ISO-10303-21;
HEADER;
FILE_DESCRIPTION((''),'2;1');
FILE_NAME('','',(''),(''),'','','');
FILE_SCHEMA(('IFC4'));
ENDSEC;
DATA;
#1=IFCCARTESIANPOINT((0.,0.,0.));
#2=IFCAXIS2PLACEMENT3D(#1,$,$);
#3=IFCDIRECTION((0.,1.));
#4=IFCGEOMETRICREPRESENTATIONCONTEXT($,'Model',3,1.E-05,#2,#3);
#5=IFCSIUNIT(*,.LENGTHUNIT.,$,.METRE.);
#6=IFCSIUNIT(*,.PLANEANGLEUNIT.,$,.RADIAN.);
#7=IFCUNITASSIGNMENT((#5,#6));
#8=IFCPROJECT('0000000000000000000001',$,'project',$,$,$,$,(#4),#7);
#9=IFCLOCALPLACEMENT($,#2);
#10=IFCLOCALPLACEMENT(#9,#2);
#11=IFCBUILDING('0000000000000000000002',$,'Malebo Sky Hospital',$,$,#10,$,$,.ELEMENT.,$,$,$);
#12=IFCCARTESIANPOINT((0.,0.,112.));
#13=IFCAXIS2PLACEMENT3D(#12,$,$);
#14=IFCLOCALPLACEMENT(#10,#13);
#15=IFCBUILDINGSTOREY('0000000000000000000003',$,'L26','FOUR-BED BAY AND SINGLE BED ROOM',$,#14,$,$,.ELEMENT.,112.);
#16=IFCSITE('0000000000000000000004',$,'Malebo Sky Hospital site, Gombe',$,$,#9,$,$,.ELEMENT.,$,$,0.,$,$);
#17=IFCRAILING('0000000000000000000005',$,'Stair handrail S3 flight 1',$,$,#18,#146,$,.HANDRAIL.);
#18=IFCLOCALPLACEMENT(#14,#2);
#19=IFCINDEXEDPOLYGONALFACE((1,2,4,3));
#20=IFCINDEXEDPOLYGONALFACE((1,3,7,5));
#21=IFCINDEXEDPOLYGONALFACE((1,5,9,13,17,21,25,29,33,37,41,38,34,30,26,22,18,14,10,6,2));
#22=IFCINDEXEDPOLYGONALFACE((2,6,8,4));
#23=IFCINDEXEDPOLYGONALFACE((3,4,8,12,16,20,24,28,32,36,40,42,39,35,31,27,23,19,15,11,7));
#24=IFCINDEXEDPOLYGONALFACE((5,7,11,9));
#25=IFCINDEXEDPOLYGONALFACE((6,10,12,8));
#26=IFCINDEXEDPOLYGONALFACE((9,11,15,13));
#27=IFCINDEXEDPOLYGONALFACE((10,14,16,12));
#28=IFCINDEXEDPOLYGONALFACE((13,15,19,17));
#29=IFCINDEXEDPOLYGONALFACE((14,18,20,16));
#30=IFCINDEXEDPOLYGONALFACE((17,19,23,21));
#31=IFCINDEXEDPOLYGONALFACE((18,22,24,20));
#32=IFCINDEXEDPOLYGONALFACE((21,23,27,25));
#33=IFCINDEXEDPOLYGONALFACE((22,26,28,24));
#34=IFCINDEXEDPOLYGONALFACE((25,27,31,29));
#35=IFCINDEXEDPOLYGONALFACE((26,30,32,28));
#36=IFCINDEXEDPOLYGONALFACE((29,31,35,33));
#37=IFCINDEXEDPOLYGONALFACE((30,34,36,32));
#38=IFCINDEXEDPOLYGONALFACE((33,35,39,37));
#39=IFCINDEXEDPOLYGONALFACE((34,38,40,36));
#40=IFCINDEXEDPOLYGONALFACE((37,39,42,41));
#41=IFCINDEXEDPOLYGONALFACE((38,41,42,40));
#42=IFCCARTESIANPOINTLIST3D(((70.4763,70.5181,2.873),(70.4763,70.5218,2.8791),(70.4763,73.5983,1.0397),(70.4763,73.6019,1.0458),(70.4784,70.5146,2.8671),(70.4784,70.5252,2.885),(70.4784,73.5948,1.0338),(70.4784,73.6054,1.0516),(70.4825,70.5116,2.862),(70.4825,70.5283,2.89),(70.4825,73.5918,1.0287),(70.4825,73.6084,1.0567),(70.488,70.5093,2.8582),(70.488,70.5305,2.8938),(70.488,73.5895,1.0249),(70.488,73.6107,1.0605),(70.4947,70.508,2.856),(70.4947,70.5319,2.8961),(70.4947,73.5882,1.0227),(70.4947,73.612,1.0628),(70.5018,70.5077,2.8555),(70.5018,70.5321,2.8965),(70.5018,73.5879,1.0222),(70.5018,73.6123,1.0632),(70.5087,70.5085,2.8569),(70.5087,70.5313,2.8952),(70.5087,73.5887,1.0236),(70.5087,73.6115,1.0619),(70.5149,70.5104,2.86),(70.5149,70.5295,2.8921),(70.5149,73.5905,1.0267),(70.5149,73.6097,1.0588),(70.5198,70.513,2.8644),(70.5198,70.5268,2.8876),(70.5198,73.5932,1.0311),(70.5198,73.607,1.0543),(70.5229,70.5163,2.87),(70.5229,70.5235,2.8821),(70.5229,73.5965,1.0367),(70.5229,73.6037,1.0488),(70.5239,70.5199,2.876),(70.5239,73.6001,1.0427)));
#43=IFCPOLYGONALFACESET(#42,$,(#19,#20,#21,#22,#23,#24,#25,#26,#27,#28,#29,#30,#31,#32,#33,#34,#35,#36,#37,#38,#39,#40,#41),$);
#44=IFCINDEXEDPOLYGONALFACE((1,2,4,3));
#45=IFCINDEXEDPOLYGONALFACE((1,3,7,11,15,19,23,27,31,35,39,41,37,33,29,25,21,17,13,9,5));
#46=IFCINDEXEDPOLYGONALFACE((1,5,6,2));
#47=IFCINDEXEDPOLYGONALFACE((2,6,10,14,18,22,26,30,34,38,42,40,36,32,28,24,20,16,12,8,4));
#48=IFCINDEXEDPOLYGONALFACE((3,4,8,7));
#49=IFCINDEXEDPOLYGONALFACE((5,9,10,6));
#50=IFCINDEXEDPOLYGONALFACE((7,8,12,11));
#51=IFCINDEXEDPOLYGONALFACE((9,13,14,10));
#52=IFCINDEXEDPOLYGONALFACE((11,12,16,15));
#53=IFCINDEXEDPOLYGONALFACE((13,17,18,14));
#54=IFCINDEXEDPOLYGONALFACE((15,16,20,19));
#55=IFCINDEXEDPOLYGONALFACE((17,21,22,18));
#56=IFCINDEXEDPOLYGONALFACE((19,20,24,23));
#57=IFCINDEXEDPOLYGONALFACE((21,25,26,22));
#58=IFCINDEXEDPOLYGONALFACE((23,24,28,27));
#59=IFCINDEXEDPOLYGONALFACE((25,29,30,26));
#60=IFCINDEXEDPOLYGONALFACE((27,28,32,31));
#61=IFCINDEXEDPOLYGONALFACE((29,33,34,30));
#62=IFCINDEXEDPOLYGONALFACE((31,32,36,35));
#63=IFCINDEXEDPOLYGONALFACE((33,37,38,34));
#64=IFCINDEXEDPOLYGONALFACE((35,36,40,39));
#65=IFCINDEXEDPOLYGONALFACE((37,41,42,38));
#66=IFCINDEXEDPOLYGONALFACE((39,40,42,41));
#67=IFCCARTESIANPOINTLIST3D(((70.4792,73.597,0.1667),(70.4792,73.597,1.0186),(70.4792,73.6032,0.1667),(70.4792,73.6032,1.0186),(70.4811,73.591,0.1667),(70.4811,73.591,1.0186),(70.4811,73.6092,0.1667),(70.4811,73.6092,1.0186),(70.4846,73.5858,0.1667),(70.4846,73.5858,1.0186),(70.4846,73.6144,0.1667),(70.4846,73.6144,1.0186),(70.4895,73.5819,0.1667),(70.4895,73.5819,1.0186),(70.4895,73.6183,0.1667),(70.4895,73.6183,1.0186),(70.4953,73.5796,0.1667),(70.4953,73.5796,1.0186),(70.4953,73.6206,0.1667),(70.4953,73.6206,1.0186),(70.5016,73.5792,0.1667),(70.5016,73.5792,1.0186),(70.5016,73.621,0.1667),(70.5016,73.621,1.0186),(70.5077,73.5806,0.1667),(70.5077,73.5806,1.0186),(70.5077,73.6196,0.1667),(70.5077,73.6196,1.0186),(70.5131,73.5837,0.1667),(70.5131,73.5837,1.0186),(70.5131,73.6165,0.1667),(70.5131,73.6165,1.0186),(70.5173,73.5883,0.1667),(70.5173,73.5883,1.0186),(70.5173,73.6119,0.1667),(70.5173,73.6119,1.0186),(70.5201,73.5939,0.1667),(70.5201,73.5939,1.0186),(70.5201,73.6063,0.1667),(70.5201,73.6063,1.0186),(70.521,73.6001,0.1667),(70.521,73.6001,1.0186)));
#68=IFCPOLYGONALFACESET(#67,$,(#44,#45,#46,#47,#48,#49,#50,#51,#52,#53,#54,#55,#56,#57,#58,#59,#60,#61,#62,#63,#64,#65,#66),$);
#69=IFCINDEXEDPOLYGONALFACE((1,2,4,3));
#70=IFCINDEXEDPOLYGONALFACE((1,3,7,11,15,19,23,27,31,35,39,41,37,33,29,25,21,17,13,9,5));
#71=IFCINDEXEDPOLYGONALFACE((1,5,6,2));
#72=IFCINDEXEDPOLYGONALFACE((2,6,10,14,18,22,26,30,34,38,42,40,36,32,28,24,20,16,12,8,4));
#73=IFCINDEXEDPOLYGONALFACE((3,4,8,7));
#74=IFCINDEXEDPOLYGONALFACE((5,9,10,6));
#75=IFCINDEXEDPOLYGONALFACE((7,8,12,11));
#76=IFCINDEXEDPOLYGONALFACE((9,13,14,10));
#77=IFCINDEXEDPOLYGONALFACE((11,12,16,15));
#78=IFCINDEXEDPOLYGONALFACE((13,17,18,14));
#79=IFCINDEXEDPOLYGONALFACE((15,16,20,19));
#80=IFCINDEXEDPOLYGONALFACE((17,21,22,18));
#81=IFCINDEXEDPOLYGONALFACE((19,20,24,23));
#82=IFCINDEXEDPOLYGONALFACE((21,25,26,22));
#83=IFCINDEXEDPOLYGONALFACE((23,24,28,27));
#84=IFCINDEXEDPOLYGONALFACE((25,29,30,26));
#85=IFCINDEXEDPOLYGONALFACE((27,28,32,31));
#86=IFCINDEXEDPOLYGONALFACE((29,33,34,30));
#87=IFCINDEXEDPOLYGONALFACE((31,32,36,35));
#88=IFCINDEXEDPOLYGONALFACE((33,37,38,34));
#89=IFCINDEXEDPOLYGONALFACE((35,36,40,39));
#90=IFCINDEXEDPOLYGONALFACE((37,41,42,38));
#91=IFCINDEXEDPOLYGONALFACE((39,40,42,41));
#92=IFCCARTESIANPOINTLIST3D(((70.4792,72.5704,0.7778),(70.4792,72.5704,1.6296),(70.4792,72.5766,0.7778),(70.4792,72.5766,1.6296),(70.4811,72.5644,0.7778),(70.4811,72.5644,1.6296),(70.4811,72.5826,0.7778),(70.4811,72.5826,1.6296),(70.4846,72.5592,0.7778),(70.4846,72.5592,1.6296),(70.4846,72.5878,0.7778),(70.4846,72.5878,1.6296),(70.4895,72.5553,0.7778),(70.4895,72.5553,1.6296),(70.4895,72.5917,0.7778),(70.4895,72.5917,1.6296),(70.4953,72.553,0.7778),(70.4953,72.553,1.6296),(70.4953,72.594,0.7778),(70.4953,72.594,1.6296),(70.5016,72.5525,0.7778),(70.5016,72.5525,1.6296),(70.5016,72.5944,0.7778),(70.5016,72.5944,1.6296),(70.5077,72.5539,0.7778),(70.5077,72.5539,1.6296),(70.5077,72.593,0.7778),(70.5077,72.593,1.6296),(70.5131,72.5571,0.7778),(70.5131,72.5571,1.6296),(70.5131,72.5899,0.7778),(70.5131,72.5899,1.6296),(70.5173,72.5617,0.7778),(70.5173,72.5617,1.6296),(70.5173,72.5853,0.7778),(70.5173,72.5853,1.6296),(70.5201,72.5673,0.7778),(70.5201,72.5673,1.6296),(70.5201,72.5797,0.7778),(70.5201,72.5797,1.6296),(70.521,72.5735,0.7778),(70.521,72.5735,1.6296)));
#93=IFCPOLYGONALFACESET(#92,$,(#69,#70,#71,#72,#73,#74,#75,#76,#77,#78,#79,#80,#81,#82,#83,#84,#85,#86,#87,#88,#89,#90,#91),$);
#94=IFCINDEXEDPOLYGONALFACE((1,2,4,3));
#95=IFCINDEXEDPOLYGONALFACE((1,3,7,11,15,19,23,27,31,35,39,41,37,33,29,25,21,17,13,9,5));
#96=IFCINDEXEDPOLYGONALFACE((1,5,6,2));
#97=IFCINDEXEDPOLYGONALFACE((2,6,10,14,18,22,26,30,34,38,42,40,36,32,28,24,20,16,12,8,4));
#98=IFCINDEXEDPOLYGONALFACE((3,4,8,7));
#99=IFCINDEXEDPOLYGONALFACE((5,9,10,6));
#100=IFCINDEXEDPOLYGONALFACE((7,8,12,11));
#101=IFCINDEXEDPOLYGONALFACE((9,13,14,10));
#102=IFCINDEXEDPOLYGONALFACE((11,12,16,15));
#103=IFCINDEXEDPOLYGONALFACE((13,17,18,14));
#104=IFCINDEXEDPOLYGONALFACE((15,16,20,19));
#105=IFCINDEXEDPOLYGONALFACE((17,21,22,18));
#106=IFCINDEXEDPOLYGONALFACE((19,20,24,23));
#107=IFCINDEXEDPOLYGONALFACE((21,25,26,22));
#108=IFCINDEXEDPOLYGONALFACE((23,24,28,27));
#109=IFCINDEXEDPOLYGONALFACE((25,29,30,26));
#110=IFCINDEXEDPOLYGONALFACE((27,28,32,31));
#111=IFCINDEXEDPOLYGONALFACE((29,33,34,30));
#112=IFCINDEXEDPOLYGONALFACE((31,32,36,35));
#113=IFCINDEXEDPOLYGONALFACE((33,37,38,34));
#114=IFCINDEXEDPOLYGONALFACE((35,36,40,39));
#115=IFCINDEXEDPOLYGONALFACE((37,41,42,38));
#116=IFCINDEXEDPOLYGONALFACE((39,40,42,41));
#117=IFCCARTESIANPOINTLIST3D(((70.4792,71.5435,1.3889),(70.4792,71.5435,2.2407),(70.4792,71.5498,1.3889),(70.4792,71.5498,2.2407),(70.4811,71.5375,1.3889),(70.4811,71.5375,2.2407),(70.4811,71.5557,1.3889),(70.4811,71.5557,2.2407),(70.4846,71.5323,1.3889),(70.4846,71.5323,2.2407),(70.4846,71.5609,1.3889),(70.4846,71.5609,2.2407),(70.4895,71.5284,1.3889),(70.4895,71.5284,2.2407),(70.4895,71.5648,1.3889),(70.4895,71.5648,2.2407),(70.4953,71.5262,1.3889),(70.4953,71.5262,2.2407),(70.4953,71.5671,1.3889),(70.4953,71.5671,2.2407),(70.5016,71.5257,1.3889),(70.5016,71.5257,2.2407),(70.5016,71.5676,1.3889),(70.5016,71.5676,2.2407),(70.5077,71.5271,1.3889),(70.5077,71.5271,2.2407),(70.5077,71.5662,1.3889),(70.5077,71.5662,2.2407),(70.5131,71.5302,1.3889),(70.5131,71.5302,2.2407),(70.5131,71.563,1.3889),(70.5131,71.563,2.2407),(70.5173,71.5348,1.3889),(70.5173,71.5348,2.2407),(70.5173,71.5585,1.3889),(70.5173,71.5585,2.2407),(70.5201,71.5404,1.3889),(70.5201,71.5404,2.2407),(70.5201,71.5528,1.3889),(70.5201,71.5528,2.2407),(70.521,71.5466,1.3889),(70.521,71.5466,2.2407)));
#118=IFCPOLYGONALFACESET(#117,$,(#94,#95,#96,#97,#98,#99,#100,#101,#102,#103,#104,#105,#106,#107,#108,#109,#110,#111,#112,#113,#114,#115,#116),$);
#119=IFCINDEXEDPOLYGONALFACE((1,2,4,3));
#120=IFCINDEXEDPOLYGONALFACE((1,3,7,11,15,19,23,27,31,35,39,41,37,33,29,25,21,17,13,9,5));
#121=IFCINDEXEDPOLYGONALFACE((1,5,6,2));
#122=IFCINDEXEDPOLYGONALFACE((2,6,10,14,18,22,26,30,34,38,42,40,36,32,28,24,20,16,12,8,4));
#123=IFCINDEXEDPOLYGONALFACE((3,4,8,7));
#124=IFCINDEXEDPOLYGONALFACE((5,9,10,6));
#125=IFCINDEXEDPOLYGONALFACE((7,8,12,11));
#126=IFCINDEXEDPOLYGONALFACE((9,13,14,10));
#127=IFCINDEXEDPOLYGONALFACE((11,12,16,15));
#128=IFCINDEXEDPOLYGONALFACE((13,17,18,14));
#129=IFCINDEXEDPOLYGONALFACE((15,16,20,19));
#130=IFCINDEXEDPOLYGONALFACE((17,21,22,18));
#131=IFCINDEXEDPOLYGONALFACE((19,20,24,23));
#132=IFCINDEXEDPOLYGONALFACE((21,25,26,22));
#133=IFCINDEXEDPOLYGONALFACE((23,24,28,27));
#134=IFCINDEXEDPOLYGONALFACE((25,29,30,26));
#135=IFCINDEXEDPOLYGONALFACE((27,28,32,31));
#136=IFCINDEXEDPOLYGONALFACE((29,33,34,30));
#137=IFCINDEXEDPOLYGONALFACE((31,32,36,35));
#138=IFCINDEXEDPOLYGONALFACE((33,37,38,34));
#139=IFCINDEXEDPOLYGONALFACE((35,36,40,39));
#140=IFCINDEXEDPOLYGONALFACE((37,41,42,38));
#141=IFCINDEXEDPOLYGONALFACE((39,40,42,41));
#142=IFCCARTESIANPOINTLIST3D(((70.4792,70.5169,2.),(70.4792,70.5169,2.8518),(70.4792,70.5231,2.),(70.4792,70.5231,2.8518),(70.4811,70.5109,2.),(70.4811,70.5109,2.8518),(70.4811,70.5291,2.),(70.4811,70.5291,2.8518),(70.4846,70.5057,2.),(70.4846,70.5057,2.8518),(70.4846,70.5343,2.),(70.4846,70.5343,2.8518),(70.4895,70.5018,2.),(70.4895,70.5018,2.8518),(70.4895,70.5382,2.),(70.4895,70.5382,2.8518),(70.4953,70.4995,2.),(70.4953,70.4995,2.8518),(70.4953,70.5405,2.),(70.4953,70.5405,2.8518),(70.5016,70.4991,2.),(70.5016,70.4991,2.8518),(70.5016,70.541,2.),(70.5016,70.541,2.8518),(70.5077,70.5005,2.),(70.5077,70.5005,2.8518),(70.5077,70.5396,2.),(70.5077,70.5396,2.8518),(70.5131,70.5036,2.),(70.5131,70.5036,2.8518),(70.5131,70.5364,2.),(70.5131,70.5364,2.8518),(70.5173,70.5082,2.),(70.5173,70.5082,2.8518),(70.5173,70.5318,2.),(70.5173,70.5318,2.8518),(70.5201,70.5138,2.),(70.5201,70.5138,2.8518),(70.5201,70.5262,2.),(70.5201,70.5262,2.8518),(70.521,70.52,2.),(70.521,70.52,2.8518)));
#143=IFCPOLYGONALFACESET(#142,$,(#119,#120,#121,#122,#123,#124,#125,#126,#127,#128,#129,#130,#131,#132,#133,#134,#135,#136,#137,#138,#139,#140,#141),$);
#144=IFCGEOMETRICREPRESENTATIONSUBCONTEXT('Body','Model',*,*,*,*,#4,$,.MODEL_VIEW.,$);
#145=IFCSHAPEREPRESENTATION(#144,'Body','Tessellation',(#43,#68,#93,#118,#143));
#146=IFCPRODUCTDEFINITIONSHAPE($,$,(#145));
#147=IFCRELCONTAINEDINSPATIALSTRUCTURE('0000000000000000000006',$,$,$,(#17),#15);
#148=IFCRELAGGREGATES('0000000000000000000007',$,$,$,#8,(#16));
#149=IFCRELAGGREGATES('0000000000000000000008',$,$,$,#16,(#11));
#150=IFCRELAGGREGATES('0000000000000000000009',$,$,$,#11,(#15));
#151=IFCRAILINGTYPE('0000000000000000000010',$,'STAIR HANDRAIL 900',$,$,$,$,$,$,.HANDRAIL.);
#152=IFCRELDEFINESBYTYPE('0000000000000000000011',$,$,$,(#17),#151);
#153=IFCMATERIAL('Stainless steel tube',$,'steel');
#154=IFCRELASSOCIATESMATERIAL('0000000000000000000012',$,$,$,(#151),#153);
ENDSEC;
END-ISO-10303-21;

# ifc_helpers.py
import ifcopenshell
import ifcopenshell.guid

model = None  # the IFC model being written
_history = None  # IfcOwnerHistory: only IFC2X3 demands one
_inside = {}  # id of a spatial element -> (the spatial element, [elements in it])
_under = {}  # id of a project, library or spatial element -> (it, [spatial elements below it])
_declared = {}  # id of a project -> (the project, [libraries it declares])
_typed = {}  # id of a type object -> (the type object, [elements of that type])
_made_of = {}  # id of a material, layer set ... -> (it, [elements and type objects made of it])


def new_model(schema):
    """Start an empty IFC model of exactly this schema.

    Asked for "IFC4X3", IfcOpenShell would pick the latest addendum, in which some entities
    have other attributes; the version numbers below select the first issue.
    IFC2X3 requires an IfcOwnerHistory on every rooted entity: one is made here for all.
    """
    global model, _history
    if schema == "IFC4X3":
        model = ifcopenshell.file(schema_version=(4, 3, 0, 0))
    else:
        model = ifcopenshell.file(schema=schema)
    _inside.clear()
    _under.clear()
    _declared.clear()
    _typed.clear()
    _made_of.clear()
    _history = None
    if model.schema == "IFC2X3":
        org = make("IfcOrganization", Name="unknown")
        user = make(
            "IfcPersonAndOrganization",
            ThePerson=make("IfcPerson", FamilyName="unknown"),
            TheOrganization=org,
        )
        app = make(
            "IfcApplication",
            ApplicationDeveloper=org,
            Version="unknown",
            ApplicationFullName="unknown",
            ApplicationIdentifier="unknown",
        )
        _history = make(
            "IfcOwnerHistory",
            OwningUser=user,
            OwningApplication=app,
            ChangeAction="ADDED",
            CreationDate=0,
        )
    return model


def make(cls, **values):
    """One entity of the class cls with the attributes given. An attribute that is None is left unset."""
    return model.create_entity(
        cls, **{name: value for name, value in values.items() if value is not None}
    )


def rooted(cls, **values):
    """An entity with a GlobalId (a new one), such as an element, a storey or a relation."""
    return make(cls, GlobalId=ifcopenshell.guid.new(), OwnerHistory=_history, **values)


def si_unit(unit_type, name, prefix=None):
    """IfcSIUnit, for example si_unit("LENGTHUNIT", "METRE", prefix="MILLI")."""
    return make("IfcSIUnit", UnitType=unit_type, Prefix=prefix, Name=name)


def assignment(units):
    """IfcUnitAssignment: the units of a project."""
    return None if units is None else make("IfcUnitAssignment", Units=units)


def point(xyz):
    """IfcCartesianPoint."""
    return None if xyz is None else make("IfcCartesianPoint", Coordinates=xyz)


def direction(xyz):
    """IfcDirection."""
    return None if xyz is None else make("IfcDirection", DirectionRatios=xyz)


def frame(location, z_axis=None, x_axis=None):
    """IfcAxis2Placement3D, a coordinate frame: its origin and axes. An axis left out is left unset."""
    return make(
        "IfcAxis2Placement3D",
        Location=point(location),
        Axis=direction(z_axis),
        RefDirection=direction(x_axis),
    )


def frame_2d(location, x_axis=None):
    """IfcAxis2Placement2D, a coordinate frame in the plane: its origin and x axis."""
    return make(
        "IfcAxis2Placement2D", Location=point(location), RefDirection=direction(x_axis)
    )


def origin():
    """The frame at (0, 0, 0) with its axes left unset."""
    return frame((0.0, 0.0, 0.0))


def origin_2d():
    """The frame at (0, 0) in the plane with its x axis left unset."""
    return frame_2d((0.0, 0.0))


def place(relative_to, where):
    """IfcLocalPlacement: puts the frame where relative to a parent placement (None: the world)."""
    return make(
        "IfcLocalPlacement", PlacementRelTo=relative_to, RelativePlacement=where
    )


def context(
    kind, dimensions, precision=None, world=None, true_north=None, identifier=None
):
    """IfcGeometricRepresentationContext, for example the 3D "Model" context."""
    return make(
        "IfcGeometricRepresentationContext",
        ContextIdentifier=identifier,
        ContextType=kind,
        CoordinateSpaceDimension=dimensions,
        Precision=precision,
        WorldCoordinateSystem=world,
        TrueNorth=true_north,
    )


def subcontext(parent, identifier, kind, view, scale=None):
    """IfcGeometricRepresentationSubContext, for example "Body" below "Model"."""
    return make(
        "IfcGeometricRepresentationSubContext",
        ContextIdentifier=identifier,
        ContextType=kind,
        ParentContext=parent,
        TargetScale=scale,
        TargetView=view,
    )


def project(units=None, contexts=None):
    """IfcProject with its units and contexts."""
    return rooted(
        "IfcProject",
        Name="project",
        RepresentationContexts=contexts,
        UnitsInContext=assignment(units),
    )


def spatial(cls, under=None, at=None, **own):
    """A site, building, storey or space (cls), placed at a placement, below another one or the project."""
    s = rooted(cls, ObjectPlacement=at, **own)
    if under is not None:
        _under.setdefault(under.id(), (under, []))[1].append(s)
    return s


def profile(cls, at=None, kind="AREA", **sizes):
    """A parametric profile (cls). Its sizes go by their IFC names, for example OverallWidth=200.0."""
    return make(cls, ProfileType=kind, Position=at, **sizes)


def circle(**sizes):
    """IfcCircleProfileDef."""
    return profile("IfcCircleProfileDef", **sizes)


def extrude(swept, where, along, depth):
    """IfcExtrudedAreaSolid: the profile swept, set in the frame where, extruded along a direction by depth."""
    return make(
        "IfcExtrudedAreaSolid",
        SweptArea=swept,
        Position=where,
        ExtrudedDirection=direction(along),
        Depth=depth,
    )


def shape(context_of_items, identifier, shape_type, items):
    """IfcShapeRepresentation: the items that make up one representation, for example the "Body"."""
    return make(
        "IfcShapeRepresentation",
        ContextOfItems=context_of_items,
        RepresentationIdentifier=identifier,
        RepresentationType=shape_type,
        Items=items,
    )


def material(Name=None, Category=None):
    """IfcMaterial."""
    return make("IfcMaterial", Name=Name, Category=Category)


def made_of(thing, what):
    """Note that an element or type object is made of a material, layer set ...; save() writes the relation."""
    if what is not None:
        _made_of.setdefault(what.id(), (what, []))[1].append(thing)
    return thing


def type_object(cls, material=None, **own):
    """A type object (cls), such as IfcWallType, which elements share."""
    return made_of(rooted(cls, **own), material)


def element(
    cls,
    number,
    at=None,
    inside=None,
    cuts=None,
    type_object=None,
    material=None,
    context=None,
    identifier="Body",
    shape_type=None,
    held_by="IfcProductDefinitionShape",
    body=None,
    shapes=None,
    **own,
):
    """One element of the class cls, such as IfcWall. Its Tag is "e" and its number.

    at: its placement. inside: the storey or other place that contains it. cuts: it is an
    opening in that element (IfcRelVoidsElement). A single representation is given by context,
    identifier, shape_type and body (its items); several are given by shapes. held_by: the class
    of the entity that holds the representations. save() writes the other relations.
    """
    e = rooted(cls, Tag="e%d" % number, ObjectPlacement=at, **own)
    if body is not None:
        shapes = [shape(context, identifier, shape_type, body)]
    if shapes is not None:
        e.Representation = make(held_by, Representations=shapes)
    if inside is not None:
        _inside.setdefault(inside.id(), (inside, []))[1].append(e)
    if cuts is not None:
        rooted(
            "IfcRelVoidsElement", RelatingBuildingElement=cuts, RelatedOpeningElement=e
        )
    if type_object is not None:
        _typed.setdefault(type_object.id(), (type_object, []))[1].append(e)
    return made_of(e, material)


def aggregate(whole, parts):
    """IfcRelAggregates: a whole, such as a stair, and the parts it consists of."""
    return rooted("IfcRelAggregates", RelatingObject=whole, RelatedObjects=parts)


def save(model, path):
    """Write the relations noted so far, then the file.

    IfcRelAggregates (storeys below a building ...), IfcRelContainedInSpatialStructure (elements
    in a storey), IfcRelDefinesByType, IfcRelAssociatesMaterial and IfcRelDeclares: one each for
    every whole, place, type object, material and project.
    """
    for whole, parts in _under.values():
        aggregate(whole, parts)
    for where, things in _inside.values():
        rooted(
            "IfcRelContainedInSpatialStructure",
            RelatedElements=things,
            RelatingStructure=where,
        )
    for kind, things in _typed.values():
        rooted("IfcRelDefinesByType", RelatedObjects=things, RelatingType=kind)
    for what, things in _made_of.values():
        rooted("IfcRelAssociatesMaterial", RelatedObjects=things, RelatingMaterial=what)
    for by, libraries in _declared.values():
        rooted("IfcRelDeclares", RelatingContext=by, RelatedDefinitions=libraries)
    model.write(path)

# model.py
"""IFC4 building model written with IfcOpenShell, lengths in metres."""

from ifc_helpers import new_model, si_unit, direction, frame, origin, origin_2d, place, context, subcontext, project, spatial, circle, extrude, material, type_object, element, save


model = new_model("IFC4")

# Units and contexts
model_context = context("Model", 3, precision=1e-05, world=origin(), true_north=direction((0.0, 1.0)))
body_context = subcontext(model_context, "Body", "Model", "MODEL_VIEW")
ifc_project = project(units=[si_unit("LENGTHUNIT", "METRE"), si_unit("PLANEANGLEUNIT", "RADIAN")], contexts=[model_context])

# Site, building, storey
site_placement = place(None, origin())
site = spatial("IfcSite", under=ifc_project, at=site_placement, Name="Malebo Sky Hospital site, Gombe", CompositionType="ELEMENT", RefElevation=0.0)
building_placement = place(site_placement, origin())
building = spatial("IfcBuilding", under=site, at=building_placement, Name="Malebo Sky Hospital", CompositionType="ELEMENT")
storey_placement = place(building_placement, frame((0.0, 0.0, 112.0)))
storey = spatial("IfcBuildingStorey", under=building, at=storey_placement, Name="L26", Description="FOUR-BED BAY AND SINGLE BED ROOM", CompositionType="ELEMENT", Elevation=112.0)

# Railing
ifc_material_1 = material(Name="Stainless steel tube", Category="steel")
railing_type = type_object("IfcRailingType", Name="STAIR HANDRAIL 900", PredefinedType="HANDRAIL", material=ifc_material_1)
railing_1_placement = place(storey_placement, frame((70.5, 73.6001, 0.1667)))
element("IfcRailing", 1, at=railing_1_placement, inside=storey, type_object=railing_type, Name="Stair handrail S3 flight 1", PredefinedType="HANDRAIL", context=body_context, shape_type="SweptSolid", body=[
    extrude(circle(Radius=0.0239, at=origin_2d()), frame((0.0, 0.0, 0.876), z_axis=(0.0, -0.859309, 0.511458), x_axis=(1.0, 0.0, 0.0)), (0.0, 0.0, 1.0), 3.5845),
    extrude(circle(Radius=0.021, at=origin_2d()), origin(), (0.0, 0.0, 1.0), 0.8518),
    extrude(circle(Radius=0.021, at=origin_2d()), frame((0.0, -1.0266, 0.6111)), (0.0, 0.0, 1.0), 0.8518),
    extrude(circle(Radius=0.021, at=origin_2d()), frame((0.0, -2.0535, 1.2222)), (0.0, 0.0, 1.0), 0.8518),
    extrude(circle(Radius=0.021, at=origin_2d()), frame((0.0, -3.0801, 1.8333)), (0.0, 0.0, 1.0), 0.8518),
])

save(model, "model.ifc")
